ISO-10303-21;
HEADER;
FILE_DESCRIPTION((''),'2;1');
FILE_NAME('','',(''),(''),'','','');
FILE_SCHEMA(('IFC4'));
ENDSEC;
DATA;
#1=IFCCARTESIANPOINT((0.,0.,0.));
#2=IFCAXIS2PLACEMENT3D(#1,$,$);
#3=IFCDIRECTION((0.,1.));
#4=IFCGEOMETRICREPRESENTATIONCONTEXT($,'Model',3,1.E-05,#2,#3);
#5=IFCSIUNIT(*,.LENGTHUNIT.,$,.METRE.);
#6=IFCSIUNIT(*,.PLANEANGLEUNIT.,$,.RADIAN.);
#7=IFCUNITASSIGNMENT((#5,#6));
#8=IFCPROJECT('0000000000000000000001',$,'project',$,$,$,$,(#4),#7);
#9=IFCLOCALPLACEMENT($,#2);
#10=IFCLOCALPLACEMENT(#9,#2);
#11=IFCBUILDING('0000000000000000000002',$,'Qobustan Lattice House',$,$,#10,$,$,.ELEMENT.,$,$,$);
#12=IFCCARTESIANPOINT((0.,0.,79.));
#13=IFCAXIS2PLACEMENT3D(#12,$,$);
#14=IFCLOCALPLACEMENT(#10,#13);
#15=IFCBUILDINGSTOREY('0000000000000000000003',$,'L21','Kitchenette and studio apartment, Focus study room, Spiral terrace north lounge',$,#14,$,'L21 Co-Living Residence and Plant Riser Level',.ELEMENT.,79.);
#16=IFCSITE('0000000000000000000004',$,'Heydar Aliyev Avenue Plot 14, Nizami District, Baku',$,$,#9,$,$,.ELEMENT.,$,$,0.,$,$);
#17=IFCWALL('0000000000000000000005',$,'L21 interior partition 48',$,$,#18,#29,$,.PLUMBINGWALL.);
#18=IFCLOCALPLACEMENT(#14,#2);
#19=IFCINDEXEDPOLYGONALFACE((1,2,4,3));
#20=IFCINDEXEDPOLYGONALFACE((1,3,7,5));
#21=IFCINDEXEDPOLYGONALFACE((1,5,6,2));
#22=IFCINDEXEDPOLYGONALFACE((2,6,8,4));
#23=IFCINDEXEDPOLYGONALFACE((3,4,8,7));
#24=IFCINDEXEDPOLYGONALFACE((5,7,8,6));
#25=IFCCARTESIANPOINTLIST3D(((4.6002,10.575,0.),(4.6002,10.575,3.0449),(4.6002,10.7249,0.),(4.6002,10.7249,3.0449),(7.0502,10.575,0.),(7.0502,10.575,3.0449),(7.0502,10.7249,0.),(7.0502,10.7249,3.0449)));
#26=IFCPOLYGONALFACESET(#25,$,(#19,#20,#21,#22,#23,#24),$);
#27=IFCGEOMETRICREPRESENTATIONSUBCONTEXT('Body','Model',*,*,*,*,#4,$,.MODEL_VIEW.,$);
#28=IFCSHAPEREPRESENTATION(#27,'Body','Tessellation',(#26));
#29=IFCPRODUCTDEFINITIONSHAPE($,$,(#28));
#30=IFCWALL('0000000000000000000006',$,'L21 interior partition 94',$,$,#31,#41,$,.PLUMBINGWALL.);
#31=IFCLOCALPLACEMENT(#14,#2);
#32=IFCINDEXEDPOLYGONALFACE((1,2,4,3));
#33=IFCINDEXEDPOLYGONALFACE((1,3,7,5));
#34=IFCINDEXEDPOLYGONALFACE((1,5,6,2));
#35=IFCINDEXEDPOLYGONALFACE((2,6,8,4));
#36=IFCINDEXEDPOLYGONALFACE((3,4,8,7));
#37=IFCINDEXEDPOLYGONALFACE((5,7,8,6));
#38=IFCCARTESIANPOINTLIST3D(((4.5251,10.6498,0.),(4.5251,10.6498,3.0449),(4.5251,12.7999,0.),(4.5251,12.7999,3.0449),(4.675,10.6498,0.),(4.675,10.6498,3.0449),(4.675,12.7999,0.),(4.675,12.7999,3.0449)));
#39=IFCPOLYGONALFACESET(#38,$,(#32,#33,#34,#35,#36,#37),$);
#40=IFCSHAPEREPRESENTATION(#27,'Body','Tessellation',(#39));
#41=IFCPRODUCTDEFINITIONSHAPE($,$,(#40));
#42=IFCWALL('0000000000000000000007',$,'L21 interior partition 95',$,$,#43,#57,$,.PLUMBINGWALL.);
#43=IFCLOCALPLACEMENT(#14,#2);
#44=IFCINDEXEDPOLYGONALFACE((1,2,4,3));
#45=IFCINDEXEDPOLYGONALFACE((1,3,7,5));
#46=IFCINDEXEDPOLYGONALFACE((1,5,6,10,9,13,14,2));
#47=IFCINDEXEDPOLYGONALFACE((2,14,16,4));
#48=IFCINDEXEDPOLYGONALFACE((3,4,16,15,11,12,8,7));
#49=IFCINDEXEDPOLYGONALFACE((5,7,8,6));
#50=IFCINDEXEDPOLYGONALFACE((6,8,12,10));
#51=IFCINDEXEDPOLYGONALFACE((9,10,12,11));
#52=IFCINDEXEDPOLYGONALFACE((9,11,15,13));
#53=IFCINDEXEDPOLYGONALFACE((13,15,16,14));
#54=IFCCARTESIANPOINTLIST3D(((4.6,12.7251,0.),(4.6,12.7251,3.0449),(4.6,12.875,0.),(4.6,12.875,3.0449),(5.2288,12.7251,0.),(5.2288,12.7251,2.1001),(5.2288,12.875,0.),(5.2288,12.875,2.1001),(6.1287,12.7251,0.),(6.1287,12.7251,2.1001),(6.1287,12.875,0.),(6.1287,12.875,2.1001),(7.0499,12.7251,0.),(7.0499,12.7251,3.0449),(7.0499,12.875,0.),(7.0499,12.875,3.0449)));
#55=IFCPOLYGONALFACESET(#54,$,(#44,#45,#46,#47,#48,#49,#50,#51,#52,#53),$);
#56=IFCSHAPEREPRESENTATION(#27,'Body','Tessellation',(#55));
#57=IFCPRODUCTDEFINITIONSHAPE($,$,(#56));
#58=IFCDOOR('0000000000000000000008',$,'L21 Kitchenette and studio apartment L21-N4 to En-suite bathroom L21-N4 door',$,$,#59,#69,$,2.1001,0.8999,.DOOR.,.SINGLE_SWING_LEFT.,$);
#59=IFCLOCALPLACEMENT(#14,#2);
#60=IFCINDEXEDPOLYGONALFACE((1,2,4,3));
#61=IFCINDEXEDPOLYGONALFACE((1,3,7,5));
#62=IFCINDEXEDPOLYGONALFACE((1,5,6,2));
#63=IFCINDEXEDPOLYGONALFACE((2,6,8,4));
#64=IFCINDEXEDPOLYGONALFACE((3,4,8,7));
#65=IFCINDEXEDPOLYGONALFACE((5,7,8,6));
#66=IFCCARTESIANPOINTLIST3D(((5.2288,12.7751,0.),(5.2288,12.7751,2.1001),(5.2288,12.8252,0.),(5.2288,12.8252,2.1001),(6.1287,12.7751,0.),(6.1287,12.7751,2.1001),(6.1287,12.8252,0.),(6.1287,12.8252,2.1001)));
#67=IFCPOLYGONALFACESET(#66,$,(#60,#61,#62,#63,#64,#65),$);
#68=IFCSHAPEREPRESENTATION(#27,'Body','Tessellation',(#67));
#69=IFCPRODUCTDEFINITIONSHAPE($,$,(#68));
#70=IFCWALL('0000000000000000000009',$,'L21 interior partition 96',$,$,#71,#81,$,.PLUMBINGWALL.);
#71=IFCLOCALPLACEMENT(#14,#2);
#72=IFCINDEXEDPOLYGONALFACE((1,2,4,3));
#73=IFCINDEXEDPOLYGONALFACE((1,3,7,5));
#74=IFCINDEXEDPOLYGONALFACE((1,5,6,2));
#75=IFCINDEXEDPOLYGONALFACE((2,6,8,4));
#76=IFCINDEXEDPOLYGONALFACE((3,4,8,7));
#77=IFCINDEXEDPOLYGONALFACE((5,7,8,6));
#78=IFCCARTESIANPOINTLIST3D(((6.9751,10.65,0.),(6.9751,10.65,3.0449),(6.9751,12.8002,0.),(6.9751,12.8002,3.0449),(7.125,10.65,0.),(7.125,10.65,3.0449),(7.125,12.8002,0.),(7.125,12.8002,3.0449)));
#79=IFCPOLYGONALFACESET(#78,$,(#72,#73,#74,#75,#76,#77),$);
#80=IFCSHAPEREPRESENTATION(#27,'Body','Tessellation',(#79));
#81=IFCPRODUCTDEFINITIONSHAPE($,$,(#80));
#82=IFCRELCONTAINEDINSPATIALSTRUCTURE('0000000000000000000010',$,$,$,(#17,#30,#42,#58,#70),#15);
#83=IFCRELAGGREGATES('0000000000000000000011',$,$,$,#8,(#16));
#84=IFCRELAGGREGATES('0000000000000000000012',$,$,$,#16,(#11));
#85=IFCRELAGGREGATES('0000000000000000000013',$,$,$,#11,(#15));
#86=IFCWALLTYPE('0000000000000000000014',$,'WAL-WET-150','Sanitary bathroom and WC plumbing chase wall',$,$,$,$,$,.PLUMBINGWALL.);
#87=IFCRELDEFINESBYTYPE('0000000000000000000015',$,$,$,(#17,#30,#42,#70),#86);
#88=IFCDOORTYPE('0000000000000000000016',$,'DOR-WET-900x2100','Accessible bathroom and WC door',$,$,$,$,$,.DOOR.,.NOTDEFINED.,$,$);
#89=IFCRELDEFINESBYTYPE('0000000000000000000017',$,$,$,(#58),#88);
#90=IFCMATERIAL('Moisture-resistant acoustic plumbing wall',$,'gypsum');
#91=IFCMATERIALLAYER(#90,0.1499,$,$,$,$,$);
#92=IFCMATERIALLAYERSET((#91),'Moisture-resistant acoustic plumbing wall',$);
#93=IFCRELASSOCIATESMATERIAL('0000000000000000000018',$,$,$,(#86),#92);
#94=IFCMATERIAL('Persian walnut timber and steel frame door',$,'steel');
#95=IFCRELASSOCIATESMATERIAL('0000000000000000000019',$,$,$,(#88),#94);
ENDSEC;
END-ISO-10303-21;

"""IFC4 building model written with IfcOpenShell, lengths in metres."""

from ifc_helpers import new_model, si_unit, direction, frame, frame_2d, origin, place, context, subcontext, project, spatial, rectangle, extrude, material, layer, layer_set, type_object, element, fill, save


model = new_model("IFC4")

# Units and contexts
model_context = context("Model", 3, precision=1e-05, world=origin(), true_north=direction((0.0, 1.0)))
body_context = subcontext(model_context, "Body", "Model", "MODEL_VIEW")
ifc_project = project(units=[si_unit("LENGTHUNIT", "METRE"), si_unit("PLANEANGLEUNIT", "RADIAN")], contexts=[model_context])

# Site, building, storey
site_placement = place(None, origin())
site = spatial("IfcSite", under=ifc_project, at=site_placement, Name="Heydar Aliyev Avenue Plot 14, Nizami District, Baku", CompositionType="ELEMENT", RefElevation=0.0)
building_placement = place(site_placement, origin())
building = spatial("IfcBuilding", under=site, at=building_placement, Name="Qobustan Lattice House", CompositionType="ELEMENT")
storey_placement = place(building_placement, frame((0.0, 0.0, 79.0)))
storey = spatial("IfcBuildingStorey", under=building, at=storey_placement, Name="L21", Description="Kitchenette and studio apartment, Focus study room, Spiral terrace north lounge", LongName="L21 Co-Living Residence and Plant Riser Level", CompositionType="ELEMENT", Elevation=79.0)

# Walls
ifc_material_1 = material(Name="Moisture-resistant acoustic plumbing wall", Category="gypsum")
ifc_layer_1 = layer(ifc_material_1, 0.1499)
ifc_layer_set_1 = layer_set([ifc_layer_1], Name="Moisture-resistant acoustic plumbing wall")
wall_type_1 = type_object("IfcWallType", Name="WAL-WET-150", Description="Sanitary bathroom and WC plumbing chase wall", PredefinedType="PLUMBINGWALL", material=ifc_layer_set_1)
wall_1_placement = place(storey_placement, frame((4.6001, 10.6499, 0.0), z_axis=(0.0, 0.0, 1.0), x_axis=(1.0, 0.0, 0.0)))
element("IfcWall", 1, at=wall_1_placement, inside=storey, type_object=wall_type_1, Name="L21 interior partition 48", PredefinedType="PLUMBINGWALL", context=body_context, shape_type="SweptSolid", body=[
    extrude(rectangle(XDim=2.45, YDim=0.1499, at=frame_2d((1.2251, 0.0))), origin(), (0.0, 0.0, 1.0), 3.0449),
])
wall_2_placement = place(storey_placement, frame((4.6001, 12.8, 0.0), z_axis=(0.0, 0.0, 1.0), x_axis=(0.0, -1.0, 0.0)))
element("IfcWall", 2, at=wall_2_placement, inside=storey, type_object=wall_type_1, Name="L21 interior partition 94", PredefinedType="PLUMBINGWALL", context=body_context, shape_type="SweptSolid", body=[
    extrude(rectangle(XDim=2.1501, YDim=0.1499, at=frame_2d((1.0752, 0.0))), origin(), (0.0, 0.0, 1.0), 3.0449),
])

# Wall, opening, door
wall_3_placement = place(storey_placement, frame((7.05, 12.8, 0.0), z_axis=(0.0, 0.0, 1.0), x_axis=(-1.0, 0.0, 0.0)))
wall_3 = element("IfcWall", 3, at=wall_3_placement, inside=storey, type_object=wall_type_1, Name="L21 interior partition 95", PredefinedType="PLUMBINGWALL", context=body_context, shape_type="SweptSolid", body=[
    extrude(rectangle(XDim=2.45, YDim=0.1499, at=frame_2d((1.2251, 0.0))), origin(), (0.0, 0.0, 1.0), 3.0449),
])
opening_1_placement = place(wall_3_placement, frame((0.9214, 0.0, 0.0)))
opening_1 = element("IfcOpeningElement", 4, at=opening_1_placement, cuts=wall_3, PredefinedType="OPENING", context=body_context, shape_type="SweptSolid", body=[
    extrude(rectangle(XDim=0.8999, YDim=2.1001, at=frame_2d((0.45, 1.05))), frame((0.0, 0.085, 0.0), z_axis=(0.0, -1.0, 0.0), x_axis=(1.0, 0.0, 0.0)), (0.0, 0.0, 1.0), 0.1699),
])
ifc_material_2 = material(Name="Persian walnut timber and steel frame door", Category="steel")
door_type_1 = type_object("IfcDoorType", Name="DOR-WET-900x2100", Description="Accessible bathroom and WC door", OperationType="NOTDEFINED", PredefinedType="DOOR", material=ifc_material_2)
door_1_placement = place(opening_1_placement, origin())
door_1 = element("IfcDoor", 5, at=door_1_placement, inside=storey, type_object=door_type_1, Name="L21 Kitchenette and studio apartment L21-N4 to En-suite bathroom L21-N4 door", OperationType="SINGLE_SWING_LEFT", OverallHeight=2.1001, OverallWidth=0.8999, PredefinedType="DOOR", context=body_context, shape_type="SweptSolid", body=[
    extrude(rectangle(XDim=0.8999, YDim=2.1001, at=frame_2d((0.45, 1.05))), frame((0.0, 0.0249, 0.0), z_axis=(0.0, -1.0, 0.0), x_axis=(1.0, 0.0, 0.0)), (0.0, 0.0, 1.0), 0.05),
])
fill(opening_1, door_1)

# Wall
wall_4_placement = place(storey_placement, frame((7.05, 10.6499, 0.0), z_axis=(0.0, 0.0, 1.0), x_axis=(0.0, 1.0, 0.0)))
element("IfcWall", 6, at=wall_4_placement, inside=storey, type_object=wall_type_1, Name="L21 interior partition 96", PredefinedType="PLUMBINGWALL", context=body_context, shape_type="SweptSolid", body=[
    extrude(rectangle(XDim=2.1501, YDim=0.1499, at=frame_2d((1.0752, 0.0))), origin(), (0.0, 0.0, 1.0), 3.0449),
])

save(model, "model.ifc")
